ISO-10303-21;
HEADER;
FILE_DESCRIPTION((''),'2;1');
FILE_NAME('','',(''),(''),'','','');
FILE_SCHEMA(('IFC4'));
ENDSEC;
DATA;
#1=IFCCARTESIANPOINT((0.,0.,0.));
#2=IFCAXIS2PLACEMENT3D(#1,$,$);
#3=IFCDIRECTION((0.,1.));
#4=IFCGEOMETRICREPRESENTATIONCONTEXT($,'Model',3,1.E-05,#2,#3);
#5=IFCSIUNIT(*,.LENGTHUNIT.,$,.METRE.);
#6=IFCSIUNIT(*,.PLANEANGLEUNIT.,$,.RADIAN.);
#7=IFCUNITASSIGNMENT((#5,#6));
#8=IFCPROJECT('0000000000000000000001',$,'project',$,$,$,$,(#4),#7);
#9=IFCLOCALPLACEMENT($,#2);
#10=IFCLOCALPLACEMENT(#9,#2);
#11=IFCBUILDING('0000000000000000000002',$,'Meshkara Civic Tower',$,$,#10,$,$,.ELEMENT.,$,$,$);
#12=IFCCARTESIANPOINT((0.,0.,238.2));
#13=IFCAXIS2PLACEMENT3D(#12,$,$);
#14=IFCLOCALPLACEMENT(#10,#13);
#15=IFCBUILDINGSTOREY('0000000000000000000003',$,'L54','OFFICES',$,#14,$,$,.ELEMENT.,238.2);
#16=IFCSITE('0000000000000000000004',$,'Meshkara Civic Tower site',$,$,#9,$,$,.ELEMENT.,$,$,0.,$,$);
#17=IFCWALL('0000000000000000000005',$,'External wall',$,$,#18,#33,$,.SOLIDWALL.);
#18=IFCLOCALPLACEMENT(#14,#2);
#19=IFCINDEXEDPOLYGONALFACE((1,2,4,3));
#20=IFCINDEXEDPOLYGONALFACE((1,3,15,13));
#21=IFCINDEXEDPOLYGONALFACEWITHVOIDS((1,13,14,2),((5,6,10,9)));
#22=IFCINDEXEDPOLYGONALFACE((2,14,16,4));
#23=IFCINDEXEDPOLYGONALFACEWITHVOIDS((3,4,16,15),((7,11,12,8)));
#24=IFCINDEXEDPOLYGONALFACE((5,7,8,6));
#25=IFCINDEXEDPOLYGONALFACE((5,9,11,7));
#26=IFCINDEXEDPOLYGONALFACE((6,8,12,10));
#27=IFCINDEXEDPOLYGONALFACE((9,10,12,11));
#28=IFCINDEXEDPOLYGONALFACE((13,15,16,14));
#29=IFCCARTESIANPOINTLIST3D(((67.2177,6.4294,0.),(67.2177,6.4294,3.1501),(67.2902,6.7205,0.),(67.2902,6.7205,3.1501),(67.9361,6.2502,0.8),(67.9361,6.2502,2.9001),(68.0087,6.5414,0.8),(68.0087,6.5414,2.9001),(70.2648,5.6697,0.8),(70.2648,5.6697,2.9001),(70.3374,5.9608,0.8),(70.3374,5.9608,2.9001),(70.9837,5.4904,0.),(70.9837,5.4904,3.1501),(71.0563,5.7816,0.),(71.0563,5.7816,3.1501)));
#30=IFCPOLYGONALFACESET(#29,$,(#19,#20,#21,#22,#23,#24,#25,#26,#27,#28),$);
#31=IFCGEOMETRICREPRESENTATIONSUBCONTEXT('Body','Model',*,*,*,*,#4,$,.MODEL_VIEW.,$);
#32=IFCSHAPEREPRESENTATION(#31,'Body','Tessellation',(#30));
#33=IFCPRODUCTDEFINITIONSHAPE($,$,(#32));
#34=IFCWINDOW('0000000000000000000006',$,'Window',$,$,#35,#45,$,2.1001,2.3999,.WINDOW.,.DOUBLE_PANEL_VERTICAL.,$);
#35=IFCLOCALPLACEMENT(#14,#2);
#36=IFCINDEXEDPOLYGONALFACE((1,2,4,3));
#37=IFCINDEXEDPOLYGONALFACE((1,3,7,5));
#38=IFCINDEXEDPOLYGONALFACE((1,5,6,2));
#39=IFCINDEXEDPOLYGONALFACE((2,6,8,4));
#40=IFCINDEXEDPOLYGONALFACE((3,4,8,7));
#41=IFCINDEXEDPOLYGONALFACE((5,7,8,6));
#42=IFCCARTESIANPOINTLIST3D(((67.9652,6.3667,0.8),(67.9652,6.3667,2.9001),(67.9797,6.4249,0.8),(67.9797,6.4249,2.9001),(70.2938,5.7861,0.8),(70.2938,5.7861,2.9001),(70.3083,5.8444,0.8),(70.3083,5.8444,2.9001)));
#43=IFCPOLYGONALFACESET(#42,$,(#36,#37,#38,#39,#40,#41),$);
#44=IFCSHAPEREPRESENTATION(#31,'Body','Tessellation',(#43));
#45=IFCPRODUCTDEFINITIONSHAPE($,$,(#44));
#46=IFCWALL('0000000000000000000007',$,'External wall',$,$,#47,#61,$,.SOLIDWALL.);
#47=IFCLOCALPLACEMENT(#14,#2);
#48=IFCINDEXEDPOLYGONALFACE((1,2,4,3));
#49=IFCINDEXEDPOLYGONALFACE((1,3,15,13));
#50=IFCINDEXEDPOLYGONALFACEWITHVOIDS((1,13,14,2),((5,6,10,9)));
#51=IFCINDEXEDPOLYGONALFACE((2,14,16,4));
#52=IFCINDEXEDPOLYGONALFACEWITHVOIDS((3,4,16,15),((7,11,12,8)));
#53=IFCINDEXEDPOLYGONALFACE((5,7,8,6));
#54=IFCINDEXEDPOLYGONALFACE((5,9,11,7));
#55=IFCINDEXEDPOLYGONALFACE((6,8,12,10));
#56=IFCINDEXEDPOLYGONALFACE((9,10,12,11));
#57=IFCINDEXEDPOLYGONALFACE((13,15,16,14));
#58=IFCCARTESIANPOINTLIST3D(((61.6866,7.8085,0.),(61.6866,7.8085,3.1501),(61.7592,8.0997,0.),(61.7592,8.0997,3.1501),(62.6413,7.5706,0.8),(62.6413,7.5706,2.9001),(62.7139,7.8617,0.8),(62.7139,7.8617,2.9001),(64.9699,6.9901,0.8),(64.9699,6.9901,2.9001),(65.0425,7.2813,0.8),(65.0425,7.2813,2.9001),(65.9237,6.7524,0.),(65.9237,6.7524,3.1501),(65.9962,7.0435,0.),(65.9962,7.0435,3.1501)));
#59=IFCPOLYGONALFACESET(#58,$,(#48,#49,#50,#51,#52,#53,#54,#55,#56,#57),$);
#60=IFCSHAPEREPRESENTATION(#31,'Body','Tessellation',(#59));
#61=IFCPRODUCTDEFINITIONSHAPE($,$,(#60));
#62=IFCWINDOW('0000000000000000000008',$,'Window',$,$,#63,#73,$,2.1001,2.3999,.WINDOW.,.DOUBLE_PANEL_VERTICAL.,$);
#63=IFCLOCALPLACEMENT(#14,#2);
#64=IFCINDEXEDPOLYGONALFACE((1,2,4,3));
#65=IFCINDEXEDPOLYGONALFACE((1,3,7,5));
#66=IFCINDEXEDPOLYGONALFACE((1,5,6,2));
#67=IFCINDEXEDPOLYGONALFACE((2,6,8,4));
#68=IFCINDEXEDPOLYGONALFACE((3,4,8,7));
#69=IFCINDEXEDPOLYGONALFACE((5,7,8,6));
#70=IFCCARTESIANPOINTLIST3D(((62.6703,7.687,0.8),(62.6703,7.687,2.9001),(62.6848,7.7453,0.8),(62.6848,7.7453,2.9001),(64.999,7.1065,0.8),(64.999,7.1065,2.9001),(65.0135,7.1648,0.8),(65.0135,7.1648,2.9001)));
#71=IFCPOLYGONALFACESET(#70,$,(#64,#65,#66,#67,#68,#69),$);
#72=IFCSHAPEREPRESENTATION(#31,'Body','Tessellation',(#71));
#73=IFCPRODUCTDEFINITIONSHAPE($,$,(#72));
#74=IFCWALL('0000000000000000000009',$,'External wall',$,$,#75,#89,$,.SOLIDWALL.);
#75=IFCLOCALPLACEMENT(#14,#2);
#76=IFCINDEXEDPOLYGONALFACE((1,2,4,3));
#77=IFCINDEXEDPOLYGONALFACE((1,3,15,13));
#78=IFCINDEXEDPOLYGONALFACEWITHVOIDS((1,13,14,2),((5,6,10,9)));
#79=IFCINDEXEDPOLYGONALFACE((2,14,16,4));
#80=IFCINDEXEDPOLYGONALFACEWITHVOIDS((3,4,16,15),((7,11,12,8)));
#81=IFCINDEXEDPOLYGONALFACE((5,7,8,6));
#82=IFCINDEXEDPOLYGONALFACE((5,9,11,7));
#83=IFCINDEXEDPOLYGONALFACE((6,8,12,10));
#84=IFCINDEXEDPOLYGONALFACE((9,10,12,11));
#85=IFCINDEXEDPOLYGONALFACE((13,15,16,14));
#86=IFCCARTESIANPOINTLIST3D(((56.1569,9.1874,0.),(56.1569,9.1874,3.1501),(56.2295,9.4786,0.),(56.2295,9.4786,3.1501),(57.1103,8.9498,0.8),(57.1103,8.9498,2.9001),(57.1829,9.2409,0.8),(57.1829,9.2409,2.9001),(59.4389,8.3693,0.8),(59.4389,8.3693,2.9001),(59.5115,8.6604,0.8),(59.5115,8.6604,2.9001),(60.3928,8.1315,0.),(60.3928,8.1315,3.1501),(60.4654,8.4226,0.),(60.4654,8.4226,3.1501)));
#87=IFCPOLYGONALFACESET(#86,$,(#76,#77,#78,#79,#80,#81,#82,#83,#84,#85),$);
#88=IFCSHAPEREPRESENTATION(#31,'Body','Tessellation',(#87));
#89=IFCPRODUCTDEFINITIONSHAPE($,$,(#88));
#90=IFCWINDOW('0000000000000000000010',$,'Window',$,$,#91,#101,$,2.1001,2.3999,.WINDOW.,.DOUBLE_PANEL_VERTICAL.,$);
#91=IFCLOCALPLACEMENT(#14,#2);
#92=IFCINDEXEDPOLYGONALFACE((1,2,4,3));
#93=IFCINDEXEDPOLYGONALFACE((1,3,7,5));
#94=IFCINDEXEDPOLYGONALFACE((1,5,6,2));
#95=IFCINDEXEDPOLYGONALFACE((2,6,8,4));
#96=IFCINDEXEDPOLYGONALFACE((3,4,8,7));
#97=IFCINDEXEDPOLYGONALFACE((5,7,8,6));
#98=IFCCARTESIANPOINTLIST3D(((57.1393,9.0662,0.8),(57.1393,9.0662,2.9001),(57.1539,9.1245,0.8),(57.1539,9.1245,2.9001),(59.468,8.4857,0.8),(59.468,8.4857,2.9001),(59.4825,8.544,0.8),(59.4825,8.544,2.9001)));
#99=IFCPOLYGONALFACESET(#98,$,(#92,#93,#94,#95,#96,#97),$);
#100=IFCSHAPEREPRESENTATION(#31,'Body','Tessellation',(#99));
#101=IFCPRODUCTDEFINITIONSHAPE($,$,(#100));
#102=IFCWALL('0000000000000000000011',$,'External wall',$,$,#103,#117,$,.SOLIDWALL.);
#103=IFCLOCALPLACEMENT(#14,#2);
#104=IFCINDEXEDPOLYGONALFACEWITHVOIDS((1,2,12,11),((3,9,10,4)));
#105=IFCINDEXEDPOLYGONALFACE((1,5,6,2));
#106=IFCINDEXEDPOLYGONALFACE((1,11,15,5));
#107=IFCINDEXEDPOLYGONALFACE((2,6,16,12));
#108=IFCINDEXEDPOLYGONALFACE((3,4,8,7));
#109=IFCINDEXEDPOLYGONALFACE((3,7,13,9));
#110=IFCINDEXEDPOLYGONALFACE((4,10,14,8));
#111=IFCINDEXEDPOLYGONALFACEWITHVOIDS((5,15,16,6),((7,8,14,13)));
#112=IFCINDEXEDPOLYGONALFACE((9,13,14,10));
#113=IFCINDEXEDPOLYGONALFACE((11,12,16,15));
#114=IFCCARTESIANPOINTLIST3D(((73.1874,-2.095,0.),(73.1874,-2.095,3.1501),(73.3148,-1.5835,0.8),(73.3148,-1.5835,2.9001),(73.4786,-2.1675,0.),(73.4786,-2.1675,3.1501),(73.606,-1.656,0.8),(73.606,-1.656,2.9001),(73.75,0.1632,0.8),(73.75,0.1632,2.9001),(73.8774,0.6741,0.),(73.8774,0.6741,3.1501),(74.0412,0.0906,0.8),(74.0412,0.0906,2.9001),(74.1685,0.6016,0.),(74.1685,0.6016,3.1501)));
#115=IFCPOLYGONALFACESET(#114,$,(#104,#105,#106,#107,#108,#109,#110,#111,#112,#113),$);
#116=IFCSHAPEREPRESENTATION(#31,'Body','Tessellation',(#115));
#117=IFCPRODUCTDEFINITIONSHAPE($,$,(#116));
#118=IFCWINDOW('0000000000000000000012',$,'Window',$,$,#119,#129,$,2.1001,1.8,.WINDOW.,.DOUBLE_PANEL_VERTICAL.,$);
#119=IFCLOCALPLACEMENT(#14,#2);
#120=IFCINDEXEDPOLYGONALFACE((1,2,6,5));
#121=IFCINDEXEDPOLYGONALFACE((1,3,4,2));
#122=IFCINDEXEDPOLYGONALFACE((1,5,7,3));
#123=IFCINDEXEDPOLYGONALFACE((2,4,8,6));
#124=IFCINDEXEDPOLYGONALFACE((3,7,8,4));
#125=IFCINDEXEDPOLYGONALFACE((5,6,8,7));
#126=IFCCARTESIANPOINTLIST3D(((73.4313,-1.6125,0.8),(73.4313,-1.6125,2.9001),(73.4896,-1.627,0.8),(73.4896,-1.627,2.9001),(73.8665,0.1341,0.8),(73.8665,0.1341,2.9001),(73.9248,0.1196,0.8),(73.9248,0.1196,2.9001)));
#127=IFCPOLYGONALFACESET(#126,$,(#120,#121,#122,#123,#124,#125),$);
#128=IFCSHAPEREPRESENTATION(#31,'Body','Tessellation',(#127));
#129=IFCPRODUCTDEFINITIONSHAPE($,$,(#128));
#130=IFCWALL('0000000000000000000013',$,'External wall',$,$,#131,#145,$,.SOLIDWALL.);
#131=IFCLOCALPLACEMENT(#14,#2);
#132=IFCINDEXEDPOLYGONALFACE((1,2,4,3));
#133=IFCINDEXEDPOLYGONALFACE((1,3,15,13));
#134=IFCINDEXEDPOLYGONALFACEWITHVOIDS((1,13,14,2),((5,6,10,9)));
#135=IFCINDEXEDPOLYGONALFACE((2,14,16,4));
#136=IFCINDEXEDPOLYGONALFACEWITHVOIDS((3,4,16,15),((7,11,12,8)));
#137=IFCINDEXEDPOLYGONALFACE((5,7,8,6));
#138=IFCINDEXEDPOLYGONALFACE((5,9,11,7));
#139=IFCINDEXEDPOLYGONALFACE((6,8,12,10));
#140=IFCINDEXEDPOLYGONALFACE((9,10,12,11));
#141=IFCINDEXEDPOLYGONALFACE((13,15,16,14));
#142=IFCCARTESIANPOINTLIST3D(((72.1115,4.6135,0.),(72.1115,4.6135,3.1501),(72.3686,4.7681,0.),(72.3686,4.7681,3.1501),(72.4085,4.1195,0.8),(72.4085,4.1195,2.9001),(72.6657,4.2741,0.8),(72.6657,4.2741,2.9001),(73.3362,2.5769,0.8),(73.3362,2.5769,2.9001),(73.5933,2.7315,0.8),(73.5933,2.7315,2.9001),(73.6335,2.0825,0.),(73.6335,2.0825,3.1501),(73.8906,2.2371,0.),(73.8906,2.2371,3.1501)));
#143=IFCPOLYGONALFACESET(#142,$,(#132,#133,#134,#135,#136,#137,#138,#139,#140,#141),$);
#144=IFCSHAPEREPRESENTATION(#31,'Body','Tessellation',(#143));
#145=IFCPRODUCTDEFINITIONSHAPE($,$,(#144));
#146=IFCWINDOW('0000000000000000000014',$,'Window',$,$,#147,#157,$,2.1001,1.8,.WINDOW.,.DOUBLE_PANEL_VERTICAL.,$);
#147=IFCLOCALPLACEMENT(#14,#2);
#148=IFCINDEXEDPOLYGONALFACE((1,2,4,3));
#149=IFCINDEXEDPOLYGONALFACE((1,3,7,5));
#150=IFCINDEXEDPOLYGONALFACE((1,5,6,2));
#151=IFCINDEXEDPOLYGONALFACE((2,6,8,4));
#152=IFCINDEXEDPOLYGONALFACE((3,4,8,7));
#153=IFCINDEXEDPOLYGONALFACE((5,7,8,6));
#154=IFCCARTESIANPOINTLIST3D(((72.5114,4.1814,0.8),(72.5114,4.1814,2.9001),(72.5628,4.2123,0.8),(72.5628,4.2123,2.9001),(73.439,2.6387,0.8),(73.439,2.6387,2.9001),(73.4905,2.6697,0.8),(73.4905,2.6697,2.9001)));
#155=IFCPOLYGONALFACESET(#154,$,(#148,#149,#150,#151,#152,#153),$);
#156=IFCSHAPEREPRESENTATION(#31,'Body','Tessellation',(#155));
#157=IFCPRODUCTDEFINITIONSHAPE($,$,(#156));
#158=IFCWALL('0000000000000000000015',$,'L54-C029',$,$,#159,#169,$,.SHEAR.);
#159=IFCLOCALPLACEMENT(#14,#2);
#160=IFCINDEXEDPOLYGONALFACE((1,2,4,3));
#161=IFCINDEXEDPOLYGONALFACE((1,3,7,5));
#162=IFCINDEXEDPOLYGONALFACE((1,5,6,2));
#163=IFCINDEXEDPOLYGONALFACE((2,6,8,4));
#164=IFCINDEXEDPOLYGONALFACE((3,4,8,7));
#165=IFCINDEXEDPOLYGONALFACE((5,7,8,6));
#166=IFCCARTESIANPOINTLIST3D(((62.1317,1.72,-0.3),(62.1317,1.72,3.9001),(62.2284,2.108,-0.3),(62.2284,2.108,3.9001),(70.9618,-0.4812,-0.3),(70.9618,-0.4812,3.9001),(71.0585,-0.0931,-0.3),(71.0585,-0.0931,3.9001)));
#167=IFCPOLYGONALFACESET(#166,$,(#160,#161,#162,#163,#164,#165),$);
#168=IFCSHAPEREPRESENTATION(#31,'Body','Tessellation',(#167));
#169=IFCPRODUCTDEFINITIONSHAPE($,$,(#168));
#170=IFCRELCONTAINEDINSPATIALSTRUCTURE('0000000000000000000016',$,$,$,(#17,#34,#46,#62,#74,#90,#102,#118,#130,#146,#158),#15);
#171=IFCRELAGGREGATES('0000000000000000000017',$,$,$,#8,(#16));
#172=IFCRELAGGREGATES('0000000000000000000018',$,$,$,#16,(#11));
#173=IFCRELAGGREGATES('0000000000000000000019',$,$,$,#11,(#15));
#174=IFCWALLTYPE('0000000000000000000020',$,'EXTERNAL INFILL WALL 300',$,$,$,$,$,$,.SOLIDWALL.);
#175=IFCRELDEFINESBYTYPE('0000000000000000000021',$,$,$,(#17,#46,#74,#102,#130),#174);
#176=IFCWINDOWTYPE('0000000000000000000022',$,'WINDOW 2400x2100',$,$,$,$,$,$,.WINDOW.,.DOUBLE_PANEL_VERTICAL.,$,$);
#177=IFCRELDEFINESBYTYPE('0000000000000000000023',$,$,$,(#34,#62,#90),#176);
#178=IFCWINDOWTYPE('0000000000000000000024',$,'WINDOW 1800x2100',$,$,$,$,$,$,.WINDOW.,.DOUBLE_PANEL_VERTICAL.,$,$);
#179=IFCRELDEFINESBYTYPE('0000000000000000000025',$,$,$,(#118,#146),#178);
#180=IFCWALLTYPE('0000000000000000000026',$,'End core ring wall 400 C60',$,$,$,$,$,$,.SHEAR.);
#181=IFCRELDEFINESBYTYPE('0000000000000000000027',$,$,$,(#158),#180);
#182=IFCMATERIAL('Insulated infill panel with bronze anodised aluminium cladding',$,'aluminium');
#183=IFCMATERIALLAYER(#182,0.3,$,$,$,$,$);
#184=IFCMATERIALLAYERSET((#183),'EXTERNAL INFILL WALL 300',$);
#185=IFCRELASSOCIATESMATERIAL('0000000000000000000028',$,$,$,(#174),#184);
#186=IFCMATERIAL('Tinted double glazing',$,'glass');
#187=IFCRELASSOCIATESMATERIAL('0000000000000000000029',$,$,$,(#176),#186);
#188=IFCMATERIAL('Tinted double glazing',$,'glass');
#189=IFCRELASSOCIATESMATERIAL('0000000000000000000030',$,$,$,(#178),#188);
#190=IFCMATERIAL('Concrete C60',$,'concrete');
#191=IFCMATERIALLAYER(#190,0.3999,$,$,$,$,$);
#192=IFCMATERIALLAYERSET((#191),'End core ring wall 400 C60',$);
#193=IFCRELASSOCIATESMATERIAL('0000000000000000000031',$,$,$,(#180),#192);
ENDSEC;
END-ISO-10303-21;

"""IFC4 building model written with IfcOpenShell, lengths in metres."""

from ifc_helpers import new_model, si_unit, direction, frame, frame_2d, origin, place, context, subcontext, project, spatial, rectangle, extrude, material, layer, layer_set, type_object, element, fill, save


model = new_model("IFC4")

# Units and contexts
model_context = context("Model", 3, precision=1e-05, world=origin(), true_north=direction((0.0, 1.0)))
body_context = subcontext(model_context, "Body", "Model", "MODEL_VIEW")
ifc_project = project(units=[si_unit("LENGTHUNIT", "METRE"), si_unit("PLANEANGLEUNIT", "RADIAN")], contexts=[model_context])

# Site, building, storey
site_placement = place(None, origin())
site = spatial("IfcSite", under=ifc_project, at=site_placement, Name="Meshkara Civic Tower site", CompositionType="ELEMENT", RefElevation=0.0)
building_placement = place(site_placement, origin())
building = spatial("IfcBuilding", under=site, at=building_placement, Name="Meshkara Civic Tower", CompositionType="ELEMENT")
storey_placement = place(building_placement, frame((0.0, 0.0, 238.2)))
storey = spatial("IfcBuildingStorey", under=building, at=storey_placement, Name="L54", Description="OFFICES", CompositionType="ELEMENT", Elevation=238.2)

# Walls, openings, windows
ifc_material_1 = material(Name="Insulated infill panel with bronze anodised aluminium cladding", Category="aluminium")
ifc_layer_1 = layer(ifc_material_1, 0.3)
ifc_layer_set_1 = layer_set([ifc_layer_1], Name="EXTERNAL INFILL WALL 300")
wall_type_1 = type_object("IfcWallType", Name="EXTERNAL INFILL WALL 300", PredefinedType="SOLIDWALL", material=ifc_layer_set_1)
wall_1_placement = place(storey_placement, frame((71.02, 5.636, 0.0), z_axis=(0.0, 0.0, 1.0), x_axis=(-0.970298, 0.241914, 0.0)))
wall_1 = element("IfcWall", 1, at=wall_1_placement, inside=storey, type_object=wall_type_1, Name="External wall", PredefinedType="SOLIDWALL", context=body_context, shape_type="SweptSolid", body=[
    extrude(rectangle(XDim=3.8813, YDim=0.3, at=frame_2d((1.9407, 0.0))), origin(), (0.0, 0.0, 1.0), 3.1501),
])
opening_1_placement = place(wall_1_placement, frame((0.741, 0.0, 0.8)))
opening_1 = element("IfcOpeningElement", 2, at=opening_1_placement, cuts=wall_1, PredefinedType="OPENING", context=body_context, shape_type="SweptSolid", body=[
    extrude(rectangle(XDim=2.3999, YDim=2.1001, at=frame_2d((1.2, 1.05))), frame((0.0, 0.1599, 0.0), z_axis=(0.0, -1.0, 0.0), x_axis=(1.0, 0.0, 0.0)), (0.0, 0.0, 1.0), 0.3201),
])
ifc_material_2 = material(Name="Tinted double glazing", Category="glass")
window_type_1 = type_object("IfcWindowType", Name="WINDOW 2400x2100", PartitioningType="DOUBLE_PANEL_VERTICAL", PredefinedType="WINDOW", material=ifc_material_2)
window_1_placement = place(opening_1_placement, origin())
window_1 = element("IfcWindow", 3, at=window_1_placement, inside=storey, type_object=window_type_1, Name="Window", OverallHeight=2.1001, OverallWidth=2.3999, PartitioningType="DOUBLE_PANEL_VERTICAL", PredefinedType="WINDOW", context=body_context, shape_type="SweptSolid", body=[
    extrude(rectangle(XDim=2.3999, YDim=2.1001, at=frame_2d((1.2, 1.05))), frame((0.0, 0.03, 0.0), z_axis=(0.0, -1.0, 0.0), x_axis=(1.0, 0.0, 0.0)), (0.0, 0.0, 1.0), 0.0601),
])
fill(opening_1, window_1)
wall_2_placement = place(storey_placement, frame((65.96, 6.8979, 0.0), z_axis=(0.0, 0.0, 1.0), x_axis=(-0.97031, 0.241865, 0.0)))
wall_2 = element("IfcWall", 4, at=wall_2_placement, inside=storey, type_object=wall_type_1, Name="External wall", PredefinedType="SOLIDWALL", context=body_context, shape_type="SweptSolid", body=[
    extrude(rectangle(XDim=4.3667, YDim=0.3, at=frame_2d((2.1833, 0.0))), origin(), (0.0, 0.0, 1.0), 3.1501),
])
opening_2_placement = place(wall_2_placement, frame((0.9829, 0.0, 0.8)))
opening_2 = element("IfcOpeningElement", 5, at=opening_2_placement, cuts=wall_2, PredefinedType="OPENING", context=body_context, shape_type="SweptSolid", body=[
    extrude(rectangle(XDim=2.3999, YDim=2.1001, at=frame_2d((1.2, 1.05))), frame((0.0, 0.1599, 0.0), z_axis=(0.0, -1.0, 0.0), x_axis=(1.0, 0.0, 0.0)), (0.0, 0.0, 1.0), 0.3201),
])
window_2_placement = place(opening_2_placement, origin())
window_2 = element("IfcWindow", 6, at=window_2_placement, inside=storey, type_object=window_type_1, Name="Window", OverallHeight=2.1001, OverallWidth=2.3999, PartitioningType="DOUBLE_PANEL_VERTICAL", PredefinedType="WINDOW", context=body_context, shape_type="SweptSolid", body=[
    extrude(rectangle(XDim=2.3999, YDim=2.1001, at=frame_2d((1.2, 1.05))), frame((0.0, 0.03, 0.0), z_axis=(0.0, -1.0, 0.0), x_axis=(1.0, 0.0, 0.0)), (0.0, 0.0, 1.0), 0.0601),
])
fill(opening_2, window_2)
wall_3_placement = place(storey_placement, frame((60.429, 8.2771, 0.0), z_axis=(0.0, 0.0, 1.0), x_axis=(-0.970307, 0.241878, 0.0)))
wall_3 = element("IfcWall", 7, at=wall_3_placement, inside=storey, type_object=wall_type_1, Name="External wall", PredefinedType="SOLIDWALL", context=body_context, shape_type="SweptSolid", body=[
    extrude(rectangle(XDim=4.3655, YDim=0.3, at=frame_2d((2.1826, 0.0))), origin(), (0.0, 0.0, 1.0), 3.1501),
])
opening_3_placement = place(wall_3_placement, frame((0.9829, 0.0, 0.8)))
opening_3 = element("IfcOpeningElement", 8, at=opening_3_placement, cuts=wall_3, PredefinedType="OPENING", context=body_context, shape_type="SweptSolid", body=[
    extrude(rectangle(XDim=2.3999, YDim=2.1001, at=frame_2d((1.2, 1.05))), frame((0.0, 0.1599, 0.0), z_axis=(0.0, -1.0, 0.0), x_axis=(1.0, 0.0, 0.0)), (0.0, 0.0, 1.0), 0.3201),
])
window_3_placement = place(opening_3_placement, origin())
window_3 = element("IfcWindow", 9, at=window_3_placement, inside=storey, type_object=window_type_1, Name="Window", OverallHeight=2.1001, OverallWidth=2.3999, PartitioningType="DOUBLE_PANEL_VERTICAL", PredefinedType="WINDOW", context=body_context, shape_type="SweptSolid", body=[
    extrude(rectangle(XDim=2.3999, YDim=2.1001, at=frame_2d((1.2, 1.05))), frame((0.0, 0.03, 0.0), z_axis=(0.0, -1.0, 0.0), x_axis=(1.0, 0.0, 0.0)), (0.0, 0.0, 1.0), 0.0601),
])
fill(opening_3, window_3)
wall_4_placement = place(storey_placement, frame((73.333, -2.1311, 0.0), z_axis=(0.0, 0.0, 1.0), x_axis=(0.241771, 0.970333, 0.0)))
wall_4 = element("IfcWall", 10, at=wall_4_placement, inside=storey, type_object=wall_type_1, Name="External wall", PredefinedType="SOLIDWALL", context=body_context, shape_type="SweptSolid", body=[
    extrude(rectangle(XDim=2.8538, YDim=0.3, at=frame_2d((1.4268, 0.0))), origin(), (0.0, 0.0, 1.0), 3.1501),
])
opening_4_placement = place(wall_4_placement, frame((0.5271, 0.0, 0.8)))
opening_4 = element("IfcOpeningElement", 11, at=opening_4_placement, cuts=wall_4, PredefinedType="OPENING", context=body_context, shape_type="SweptSolid", body=[
    extrude(rectangle(XDim=1.8, YDim=2.1001, at=frame_2d((0.8999, 1.05))), frame((0.0, 0.1599, 0.0), z_axis=(0.0, -1.0, 0.0), x_axis=(1.0, 0.0, 0.0)), (0.0, 0.0, 1.0), 0.3201),
])
ifc_material_3 = material(Name="Tinted double glazing", Category="glass")
window_type_2 = type_object("IfcWindowType", Name="WINDOW 1800x2100", PartitioningType="DOUBLE_PANEL_VERTICAL", PredefinedType="WINDOW", material=ifc_material_3)
window_4_placement = place(opening_4_placement, origin())
window_4 = element("IfcWindow", 12, at=window_4_placement, inside=storey, type_object=window_type_2, Name="Window", OverallHeight=2.1001, OverallWidth=1.8, PartitioningType="DOUBLE_PANEL_VERTICAL", PredefinedType="WINDOW", context=body_context, shape_type="SweptSolid", body=[
    extrude(rectangle(XDim=1.8, YDim=2.1001, at=frame_2d((0.8999, 1.05))), frame((0.0, 0.03, 0.0), z_axis=(0.0, -1.0, 0.0), x_axis=(1.0, 0.0, 0.0)), (0.0, 0.0, 1.0), 0.0601),
])
fill(opening_4, window_4)
wall_5_placement = place(storey_placement, frame((73.762, 2.1599, 0.0), z_axis=(0.0, 0.0, 1.0), x_axis=(-0.515334, 0.856989, 0.0)))
wall_5 = element("IfcWall", 13, at=wall_5_placement, inside=storey, type_object=wall_type_1, Name="External wall", PredefinedType="SOLIDWALL", context=body_context, shape_type="SweptSolid", body=[
    extrude(rectangle(XDim=2.9534, YDim=0.3, at=frame_2d((1.4766, 0.0))), origin(), (0.0, 0.0, 1.0), 3.1501),
])
opening_5_placement = place(wall_5_placement, frame((0.5769, 0.0, 0.8)))
opening_5 = element("IfcOpeningElement", 14, at=opening_5_placement, cuts=wall_5, PredefinedType="OPENING", context=body_context, shape_type="SweptSolid", body=[
    extrude(rectangle(XDim=1.8, YDim=2.1001, at=frame_2d((0.8999, 1.05))), frame((0.0, 0.1599, 0.0), z_axis=(0.0, -1.0, 0.0), x_axis=(1.0, 0.0, 0.0)), (0.0, 0.0, 1.0), 0.3201),
])
window_5_placement = place(opening_5_placement, origin())
window_5 = element("IfcWindow", 15, at=window_5_placement, inside=storey, type_object=window_type_2, Name="Window", OverallHeight=2.1001, OverallWidth=1.8, PartitioningType="DOUBLE_PANEL_VERTICAL", PredefinedType="WINDOW", context=body_context, shape_type="SweptSolid", body=[
    extrude(rectangle(XDim=1.8, YDim=2.1001, at=frame_2d((0.8999, 1.05))), frame((0.0, 0.03, 0.0), z_axis=(0.0, -1.0, 0.0), x_axis=(1.0, 0.0, 0.0)), (0.0, 0.0, 1.0), 0.0601),
])
fill(opening_5, window_5)

# Wall
ifc_material_4 = material(Name="Concrete C60", Category="concrete")
ifc_layer_2 = layer(ifc_material_4, 0.3999)
ifc_layer_set_2 = layer_set([ifc_layer_2], Name="End core ring wall 400 C60")
wall_type_2 = type_object("IfcWallType", Name="End core ring wall 400 C60", PredefinedType="SHEAR", material=ifc_layer_set_2)
wall_6_placement = place(storey_placement, frame((62.1799, 1.9141, -0.3), z_axis=(0.0, 0.0, 1.0), x_axis=(0.970306, -0.241879, 0.0)))
element("IfcWall", 16, at=wall_6_placement, inside=storey, type_object=wall_type_2, Name="L54-C029", PredefinedType="SHEAR", context=body_context, shape_type="SweptSolid", body=[
    extrude(rectangle(XDim=9.1003, YDim=0.3999, at=frame_2d((4.5503, 0.0))), origin(), (0.0, 0.0, 1.0), 4.2002),
])

save(model, "model.ifc")
